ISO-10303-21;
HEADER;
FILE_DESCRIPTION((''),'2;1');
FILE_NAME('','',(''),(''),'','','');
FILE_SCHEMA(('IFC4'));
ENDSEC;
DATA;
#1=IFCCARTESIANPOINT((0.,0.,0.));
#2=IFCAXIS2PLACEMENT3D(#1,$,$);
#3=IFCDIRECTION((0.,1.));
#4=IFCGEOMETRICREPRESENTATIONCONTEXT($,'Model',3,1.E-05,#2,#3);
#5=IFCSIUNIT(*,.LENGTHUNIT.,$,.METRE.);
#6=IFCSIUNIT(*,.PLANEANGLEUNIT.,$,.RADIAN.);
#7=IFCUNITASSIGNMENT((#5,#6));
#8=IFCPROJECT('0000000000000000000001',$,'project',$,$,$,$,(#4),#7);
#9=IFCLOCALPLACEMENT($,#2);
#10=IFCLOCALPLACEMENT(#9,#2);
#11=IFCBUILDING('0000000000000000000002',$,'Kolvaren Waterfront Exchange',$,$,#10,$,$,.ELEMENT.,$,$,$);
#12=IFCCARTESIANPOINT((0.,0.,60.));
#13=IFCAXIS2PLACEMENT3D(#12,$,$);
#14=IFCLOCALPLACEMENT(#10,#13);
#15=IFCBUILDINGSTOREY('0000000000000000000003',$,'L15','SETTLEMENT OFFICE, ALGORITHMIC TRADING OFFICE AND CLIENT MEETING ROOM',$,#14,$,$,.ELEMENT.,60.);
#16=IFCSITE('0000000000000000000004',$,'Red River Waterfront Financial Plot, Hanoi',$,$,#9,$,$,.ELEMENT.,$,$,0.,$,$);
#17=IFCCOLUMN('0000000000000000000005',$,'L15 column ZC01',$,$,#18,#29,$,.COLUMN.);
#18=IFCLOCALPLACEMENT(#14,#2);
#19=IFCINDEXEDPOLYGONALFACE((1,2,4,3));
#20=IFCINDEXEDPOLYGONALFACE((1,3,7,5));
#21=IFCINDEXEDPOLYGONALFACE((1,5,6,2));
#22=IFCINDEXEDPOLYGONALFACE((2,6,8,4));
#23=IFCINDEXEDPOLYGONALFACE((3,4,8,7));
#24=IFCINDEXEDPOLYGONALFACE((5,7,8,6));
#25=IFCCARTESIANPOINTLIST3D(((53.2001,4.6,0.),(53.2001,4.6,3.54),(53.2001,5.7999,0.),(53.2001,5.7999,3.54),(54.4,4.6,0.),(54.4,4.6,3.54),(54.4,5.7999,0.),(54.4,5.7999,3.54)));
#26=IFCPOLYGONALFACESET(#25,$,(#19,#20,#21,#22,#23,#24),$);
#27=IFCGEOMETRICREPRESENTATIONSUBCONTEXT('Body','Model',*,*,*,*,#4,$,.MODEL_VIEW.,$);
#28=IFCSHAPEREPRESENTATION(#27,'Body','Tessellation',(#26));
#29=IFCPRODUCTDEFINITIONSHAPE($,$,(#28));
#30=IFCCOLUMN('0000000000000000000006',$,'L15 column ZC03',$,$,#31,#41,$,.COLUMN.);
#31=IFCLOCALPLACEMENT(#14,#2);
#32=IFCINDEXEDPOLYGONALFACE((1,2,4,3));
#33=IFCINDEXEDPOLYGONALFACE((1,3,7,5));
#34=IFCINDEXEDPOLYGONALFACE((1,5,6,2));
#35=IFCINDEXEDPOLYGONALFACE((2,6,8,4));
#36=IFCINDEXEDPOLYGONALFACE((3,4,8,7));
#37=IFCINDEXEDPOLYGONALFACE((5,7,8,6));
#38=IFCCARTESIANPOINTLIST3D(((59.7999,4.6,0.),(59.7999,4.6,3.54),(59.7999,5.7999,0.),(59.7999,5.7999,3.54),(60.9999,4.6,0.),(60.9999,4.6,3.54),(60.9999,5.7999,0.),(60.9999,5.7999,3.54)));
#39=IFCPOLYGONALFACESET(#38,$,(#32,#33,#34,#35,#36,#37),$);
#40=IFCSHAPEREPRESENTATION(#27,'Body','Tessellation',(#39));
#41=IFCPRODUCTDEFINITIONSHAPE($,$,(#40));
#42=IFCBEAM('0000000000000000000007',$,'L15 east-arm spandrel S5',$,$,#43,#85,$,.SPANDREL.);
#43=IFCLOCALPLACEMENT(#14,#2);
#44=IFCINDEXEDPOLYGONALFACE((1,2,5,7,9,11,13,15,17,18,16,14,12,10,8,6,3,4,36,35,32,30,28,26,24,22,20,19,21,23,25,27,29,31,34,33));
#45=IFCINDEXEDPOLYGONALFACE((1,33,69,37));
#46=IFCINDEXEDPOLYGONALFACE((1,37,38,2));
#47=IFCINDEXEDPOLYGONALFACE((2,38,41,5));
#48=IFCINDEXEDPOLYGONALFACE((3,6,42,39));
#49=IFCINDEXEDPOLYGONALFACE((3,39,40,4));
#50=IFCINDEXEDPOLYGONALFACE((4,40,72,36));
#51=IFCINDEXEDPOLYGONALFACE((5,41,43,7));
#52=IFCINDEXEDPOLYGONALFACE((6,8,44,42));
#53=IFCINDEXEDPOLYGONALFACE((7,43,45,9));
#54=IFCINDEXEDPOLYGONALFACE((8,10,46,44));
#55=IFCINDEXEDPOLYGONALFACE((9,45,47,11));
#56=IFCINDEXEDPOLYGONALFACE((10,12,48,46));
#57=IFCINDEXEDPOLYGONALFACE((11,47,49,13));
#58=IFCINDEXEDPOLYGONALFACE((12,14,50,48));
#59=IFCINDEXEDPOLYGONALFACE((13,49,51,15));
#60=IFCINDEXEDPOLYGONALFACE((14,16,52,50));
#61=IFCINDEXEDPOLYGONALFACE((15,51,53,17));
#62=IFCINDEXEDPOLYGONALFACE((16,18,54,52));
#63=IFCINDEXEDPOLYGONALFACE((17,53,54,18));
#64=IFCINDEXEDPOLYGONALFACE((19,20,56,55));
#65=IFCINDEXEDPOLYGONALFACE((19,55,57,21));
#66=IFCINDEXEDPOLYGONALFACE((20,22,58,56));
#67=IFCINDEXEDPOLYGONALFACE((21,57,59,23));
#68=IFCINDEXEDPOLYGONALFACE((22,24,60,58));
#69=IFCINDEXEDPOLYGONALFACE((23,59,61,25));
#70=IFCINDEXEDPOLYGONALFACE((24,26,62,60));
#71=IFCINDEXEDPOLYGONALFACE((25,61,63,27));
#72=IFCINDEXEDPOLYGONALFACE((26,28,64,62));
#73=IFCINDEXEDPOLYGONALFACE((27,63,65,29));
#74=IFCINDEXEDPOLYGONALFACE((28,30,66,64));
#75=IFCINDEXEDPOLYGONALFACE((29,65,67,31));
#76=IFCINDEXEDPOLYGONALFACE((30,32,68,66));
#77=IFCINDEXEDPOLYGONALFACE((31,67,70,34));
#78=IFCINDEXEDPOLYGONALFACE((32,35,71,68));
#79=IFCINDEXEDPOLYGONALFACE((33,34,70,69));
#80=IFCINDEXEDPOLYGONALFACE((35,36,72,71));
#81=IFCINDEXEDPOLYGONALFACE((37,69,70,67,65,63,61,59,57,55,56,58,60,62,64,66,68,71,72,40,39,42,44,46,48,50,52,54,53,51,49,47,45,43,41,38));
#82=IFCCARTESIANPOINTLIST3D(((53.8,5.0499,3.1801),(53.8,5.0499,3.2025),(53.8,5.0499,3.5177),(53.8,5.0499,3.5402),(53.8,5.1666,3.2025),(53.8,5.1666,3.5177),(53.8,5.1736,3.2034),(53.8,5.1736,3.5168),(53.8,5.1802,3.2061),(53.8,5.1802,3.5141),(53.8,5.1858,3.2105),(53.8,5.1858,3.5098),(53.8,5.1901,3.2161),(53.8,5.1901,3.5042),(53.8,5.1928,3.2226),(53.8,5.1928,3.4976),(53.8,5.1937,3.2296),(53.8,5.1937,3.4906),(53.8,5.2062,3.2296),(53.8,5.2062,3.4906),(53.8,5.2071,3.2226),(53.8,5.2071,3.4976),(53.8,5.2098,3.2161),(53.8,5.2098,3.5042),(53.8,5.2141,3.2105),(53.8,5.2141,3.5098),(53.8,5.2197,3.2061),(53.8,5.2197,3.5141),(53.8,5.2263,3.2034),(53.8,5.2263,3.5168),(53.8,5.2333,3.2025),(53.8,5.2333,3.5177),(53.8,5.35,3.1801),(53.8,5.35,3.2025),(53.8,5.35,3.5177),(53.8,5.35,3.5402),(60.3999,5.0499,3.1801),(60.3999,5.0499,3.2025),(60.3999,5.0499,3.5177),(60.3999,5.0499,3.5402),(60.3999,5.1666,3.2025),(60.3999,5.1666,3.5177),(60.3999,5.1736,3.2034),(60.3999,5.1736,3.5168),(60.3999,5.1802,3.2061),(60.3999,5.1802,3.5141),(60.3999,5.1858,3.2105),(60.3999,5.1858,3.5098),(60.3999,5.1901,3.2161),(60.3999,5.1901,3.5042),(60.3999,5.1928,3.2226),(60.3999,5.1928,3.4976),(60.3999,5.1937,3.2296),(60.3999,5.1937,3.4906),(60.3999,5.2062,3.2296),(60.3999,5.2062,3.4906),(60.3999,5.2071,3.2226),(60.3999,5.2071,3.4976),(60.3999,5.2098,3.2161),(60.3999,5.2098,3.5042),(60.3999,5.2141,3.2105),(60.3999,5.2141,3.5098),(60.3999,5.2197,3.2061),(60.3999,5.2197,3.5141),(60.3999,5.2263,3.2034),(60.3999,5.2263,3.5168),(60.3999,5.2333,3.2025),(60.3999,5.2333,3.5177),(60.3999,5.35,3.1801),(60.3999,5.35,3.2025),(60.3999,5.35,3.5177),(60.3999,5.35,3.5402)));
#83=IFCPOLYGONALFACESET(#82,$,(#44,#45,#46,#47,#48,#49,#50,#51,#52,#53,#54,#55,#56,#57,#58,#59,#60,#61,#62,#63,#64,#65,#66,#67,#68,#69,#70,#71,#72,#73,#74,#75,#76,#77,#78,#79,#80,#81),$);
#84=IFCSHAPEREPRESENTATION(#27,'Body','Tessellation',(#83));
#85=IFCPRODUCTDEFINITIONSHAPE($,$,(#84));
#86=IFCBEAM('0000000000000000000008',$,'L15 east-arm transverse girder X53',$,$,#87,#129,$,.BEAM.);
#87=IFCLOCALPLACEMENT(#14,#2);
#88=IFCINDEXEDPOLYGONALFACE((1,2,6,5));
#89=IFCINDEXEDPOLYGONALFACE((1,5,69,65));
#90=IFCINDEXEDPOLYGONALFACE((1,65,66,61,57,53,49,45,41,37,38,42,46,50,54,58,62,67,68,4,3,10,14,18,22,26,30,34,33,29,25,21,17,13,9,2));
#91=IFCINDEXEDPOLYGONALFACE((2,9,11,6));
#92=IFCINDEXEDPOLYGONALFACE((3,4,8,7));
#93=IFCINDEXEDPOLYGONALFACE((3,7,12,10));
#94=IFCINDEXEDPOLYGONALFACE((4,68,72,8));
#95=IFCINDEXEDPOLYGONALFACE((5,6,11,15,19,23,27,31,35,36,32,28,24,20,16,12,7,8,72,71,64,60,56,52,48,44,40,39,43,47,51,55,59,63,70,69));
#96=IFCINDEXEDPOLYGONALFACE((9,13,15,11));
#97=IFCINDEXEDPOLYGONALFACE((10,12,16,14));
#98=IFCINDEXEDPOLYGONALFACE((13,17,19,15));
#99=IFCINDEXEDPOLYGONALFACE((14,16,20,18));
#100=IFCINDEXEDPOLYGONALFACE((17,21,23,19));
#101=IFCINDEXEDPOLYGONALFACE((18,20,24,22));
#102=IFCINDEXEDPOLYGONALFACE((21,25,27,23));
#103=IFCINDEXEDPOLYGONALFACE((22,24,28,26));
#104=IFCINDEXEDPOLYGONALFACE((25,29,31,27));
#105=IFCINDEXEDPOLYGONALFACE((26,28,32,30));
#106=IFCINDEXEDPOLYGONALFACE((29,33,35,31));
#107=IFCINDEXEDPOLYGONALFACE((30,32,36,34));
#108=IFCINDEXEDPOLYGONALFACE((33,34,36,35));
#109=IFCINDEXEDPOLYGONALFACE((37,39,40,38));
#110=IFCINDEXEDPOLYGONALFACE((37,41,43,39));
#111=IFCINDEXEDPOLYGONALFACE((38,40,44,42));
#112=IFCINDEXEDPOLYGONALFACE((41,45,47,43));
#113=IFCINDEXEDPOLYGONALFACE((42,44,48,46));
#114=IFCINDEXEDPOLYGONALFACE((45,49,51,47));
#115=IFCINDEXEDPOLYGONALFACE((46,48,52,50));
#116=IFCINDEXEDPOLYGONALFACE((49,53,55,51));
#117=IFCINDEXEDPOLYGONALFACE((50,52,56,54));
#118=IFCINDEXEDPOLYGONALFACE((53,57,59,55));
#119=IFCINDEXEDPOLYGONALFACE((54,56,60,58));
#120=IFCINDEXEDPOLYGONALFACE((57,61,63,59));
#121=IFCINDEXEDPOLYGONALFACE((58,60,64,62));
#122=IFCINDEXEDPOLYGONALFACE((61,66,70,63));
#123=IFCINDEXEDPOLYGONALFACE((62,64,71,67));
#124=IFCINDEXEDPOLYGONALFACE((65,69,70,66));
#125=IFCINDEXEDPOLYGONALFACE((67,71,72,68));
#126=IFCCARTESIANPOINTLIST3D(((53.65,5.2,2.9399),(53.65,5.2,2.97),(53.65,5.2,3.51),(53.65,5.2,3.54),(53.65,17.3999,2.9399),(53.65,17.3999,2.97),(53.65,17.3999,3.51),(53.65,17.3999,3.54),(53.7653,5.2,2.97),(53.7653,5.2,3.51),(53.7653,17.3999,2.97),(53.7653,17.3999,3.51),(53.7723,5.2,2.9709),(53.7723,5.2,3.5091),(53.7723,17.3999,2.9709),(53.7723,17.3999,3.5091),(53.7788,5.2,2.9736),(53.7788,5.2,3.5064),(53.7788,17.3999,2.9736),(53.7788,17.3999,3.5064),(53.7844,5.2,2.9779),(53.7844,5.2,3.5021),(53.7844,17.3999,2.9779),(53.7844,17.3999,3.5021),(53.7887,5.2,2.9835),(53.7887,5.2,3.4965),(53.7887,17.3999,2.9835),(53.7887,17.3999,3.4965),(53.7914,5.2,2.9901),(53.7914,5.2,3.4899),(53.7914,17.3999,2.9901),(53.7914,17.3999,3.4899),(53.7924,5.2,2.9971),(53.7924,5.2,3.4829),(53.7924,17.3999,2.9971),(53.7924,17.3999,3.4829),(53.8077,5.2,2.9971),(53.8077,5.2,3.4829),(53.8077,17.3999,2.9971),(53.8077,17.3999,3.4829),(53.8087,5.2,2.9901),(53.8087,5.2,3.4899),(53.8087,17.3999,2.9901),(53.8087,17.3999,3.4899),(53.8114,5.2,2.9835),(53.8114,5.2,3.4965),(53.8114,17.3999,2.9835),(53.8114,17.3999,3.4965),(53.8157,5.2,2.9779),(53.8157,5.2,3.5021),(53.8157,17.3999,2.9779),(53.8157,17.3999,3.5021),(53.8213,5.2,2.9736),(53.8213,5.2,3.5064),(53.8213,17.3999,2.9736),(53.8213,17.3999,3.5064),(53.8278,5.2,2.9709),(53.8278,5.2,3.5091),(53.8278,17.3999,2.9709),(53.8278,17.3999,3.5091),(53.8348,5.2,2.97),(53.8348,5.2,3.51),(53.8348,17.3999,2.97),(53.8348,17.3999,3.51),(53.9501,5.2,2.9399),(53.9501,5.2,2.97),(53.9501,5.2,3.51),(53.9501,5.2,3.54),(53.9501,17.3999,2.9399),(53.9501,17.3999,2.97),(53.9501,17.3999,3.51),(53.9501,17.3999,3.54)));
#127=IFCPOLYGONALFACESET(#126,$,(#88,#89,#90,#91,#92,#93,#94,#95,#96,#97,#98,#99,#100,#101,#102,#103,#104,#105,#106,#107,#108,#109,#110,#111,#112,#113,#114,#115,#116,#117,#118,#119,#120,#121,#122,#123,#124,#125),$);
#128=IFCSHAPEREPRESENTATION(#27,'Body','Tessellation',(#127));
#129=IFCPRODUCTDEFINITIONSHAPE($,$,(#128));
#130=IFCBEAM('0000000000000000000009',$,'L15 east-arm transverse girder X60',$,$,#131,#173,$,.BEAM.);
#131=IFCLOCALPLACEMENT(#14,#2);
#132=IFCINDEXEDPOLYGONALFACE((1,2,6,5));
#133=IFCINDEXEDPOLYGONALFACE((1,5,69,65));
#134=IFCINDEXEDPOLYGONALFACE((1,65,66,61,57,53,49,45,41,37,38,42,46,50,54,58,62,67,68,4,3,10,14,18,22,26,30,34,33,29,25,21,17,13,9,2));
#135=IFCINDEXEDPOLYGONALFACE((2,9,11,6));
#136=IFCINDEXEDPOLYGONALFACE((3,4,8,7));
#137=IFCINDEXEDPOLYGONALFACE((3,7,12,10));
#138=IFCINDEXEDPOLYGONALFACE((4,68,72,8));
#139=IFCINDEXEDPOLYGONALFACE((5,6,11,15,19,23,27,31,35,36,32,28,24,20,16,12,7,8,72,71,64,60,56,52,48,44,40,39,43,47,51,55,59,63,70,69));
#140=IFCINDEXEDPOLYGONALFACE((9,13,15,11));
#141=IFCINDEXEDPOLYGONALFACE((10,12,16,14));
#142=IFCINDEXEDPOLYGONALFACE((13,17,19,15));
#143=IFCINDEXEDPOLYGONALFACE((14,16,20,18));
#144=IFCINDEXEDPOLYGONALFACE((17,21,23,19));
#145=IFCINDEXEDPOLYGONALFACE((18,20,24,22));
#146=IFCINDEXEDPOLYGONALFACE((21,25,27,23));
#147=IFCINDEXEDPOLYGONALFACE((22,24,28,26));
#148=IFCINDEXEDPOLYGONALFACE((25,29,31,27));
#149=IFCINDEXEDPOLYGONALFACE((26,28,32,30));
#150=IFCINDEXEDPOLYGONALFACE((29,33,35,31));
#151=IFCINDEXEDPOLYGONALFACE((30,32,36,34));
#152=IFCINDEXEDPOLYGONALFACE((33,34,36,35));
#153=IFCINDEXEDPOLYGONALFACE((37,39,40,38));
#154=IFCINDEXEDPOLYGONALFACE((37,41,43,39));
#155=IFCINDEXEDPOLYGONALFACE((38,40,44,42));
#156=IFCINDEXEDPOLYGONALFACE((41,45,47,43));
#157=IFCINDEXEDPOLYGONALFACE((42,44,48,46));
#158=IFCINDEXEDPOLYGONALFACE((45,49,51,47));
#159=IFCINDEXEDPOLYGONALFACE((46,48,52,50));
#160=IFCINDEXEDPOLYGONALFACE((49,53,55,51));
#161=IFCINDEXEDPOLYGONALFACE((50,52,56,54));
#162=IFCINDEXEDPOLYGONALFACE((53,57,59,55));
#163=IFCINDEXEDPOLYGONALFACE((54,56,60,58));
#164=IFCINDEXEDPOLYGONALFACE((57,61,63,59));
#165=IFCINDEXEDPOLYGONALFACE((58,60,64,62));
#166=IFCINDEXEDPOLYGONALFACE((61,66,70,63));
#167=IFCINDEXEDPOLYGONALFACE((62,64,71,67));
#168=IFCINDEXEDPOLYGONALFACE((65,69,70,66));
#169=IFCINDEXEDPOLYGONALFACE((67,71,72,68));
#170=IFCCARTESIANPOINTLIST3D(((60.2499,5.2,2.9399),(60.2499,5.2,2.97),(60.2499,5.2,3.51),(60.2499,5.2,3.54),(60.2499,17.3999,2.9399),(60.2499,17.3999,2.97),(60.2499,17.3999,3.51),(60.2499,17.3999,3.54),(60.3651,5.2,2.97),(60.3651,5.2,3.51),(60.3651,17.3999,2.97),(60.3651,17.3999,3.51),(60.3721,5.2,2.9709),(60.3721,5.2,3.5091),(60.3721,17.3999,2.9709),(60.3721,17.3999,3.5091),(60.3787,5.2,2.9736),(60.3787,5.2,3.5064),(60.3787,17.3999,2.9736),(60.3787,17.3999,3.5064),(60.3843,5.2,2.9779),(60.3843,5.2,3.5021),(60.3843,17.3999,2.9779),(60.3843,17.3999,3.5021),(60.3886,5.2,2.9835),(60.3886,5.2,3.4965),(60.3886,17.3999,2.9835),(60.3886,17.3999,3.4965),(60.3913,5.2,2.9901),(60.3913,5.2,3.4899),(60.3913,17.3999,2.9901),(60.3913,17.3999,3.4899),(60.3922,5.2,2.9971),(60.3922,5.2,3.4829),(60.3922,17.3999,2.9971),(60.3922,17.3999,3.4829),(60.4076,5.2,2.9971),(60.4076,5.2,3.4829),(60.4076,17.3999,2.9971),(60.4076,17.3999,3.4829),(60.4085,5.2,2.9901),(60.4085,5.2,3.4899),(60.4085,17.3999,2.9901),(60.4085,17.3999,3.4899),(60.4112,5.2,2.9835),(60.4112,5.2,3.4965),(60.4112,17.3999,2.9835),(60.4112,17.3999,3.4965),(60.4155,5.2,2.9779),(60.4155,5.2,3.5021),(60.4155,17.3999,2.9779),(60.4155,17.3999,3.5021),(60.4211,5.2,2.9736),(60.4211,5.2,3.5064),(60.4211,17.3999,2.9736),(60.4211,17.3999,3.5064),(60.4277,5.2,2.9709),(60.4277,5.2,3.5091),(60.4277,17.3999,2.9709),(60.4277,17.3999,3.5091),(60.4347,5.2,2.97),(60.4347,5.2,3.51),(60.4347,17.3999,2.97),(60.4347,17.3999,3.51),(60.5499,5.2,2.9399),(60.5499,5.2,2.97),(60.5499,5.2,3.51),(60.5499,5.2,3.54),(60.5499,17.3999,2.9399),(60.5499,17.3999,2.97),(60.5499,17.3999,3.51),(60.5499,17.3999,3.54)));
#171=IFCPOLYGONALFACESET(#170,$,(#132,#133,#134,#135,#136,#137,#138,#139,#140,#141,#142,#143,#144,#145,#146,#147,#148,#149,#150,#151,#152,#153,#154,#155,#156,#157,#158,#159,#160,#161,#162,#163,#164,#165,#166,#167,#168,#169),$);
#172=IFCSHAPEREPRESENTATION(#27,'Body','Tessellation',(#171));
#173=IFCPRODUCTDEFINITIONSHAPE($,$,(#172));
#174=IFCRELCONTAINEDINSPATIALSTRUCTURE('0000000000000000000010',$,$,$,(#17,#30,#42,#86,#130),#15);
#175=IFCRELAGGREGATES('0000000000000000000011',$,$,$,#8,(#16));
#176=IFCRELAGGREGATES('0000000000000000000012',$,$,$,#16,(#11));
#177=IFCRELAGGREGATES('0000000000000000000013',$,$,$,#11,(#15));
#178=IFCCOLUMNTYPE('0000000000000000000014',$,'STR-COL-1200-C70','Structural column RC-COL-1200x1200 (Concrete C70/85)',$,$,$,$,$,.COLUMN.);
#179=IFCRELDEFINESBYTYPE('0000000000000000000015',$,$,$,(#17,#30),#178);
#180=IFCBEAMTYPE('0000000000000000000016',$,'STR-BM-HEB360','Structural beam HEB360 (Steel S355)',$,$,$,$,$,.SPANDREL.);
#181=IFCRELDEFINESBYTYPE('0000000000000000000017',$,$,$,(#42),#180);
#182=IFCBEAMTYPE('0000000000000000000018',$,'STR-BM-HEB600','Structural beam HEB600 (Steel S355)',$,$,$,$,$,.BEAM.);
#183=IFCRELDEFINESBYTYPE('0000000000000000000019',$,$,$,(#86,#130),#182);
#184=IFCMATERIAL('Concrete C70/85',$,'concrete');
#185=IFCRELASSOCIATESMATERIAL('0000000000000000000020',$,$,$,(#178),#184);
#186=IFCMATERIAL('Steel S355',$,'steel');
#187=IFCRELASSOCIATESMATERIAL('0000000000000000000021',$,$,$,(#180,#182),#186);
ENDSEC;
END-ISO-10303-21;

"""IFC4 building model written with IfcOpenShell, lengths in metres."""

from ifc_helpers import new_model, si_unit, direction, frame, origin, origin_2d, place, context, subcontext, project, spatial, rectangle, i_section, extrude, material, material_profile, profile_set, type_object, element, save


model = new_model("IFC4")

# Units and contexts
model_context = context("Model", 3, precision=1e-05, world=origin(), true_north=direction((0.0, 1.0)))
body_context = subcontext(model_context, "Body", "Model", "MODEL_VIEW")
ifc_project = project(units=[si_unit("LENGTHUNIT", "METRE"), si_unit("PLANEANGLEUNIT", "RADIAN")], contexts=[model_context])

# Site, building, storey
site_placement = place(None, origin())
site = spatial("IfcSite", under=ifc_project, at=site_placement, Name="Red River Waterfront Financial Plot, Hanoi", CompositionType="ELEMENT", RefElevation=0.0)
building_placement = place(site_placement, origin())
building = spatial("IfcBuilding", under=site, at=building_placement, Name="Kolvaren Waterfront Exchange", CompositionType="ELEMENT")
storey_placement = place(building_placement, frame((0.0, 0.0, 60.0)))
storey = spatial("IfcBuildingStorey", under=building, at=storey_placement, Name="L15", Description="SETTLEMENT OFFICE, ALGORITHMIC TRADING OFFICE AND CLIENT MEETING ROOM", CompositionType="ELEMENT", Elevation=60.0)

# Columns
ifc_material_1 = material(Name="Concrete C70/85", Category="concrete")
ifc_material_profile_1 = material_profile(ifc_material_1, rectangle(XDim=1.2, YDim=1.2, at=origin_2d()), Name="RC-COL-1200x1200")
ifc_profile_set_1 = profile_set([ifc_material_profile_1], Name="Concrete C70/85")
column_type = type_object("IfcColumnType", Name="STR-COL-1200-C70", Description="Structural column RC-COL-1200x1200 (Concrete C70/85)", PredefinedType="COLUMN", material=ifc_profile_set_1)
for number, where, z_axis, x_axis, name in (
    (1, (53.8, 5.2, 0.0), (0.0, 0.0, 1.0), (1.0, 0.0, 0.0), "L15 column ZC01"),
    (2, (60.3999, 5.2, 0.0), (0.0, 0.0, 1.0), (1.0, 0.0, 0.0), "L15 column ZC03"),
):
    element("IfcColumn", number, at=place(storey_placement, frame(where, z_axis=z_axis, x_axis=x_axis)), inside=storey, type_object=column_type, Name=name, PredefinedType="COLUMN", context=body_context, shape_type="SweptSolid", body=[
        extrude(rectangle(XDim=1.2, YDim=1.2, at=origin_2d()), origin(), (0.0, 0.0, 1.0), 3.54),
    ])

# Beams
ifc_material_2 = material(Name="Steel S355", Category="steel")
ifc_material_profile_2 = material_profile(ifc_material_2, i_section(OverallWidth=0.3, OverallDepth=0.3601, WebThickness=0.0125, FlangeThickness=0.0225, FilletRadius=0.0271, at=origin_2d()), Name="HEB360")
ifc_profile_set_2 = profile_set([ifc_material_profile_2], Name="Steel S355")
beam_type_1 = type_object("IfcBeamType", Name="STR-BM-HEB360", Description="Structural beam HEB360 (Steel S355)", PredefinedType="SPANDREL", material=ifc_profile_set_2)
beam_1_placement = place(storey_placement, frame((53.8, 5.2, 3.3601), z_axis=(1.0, 0.0, 0.0), x_axis=(0.0, 1.0, 0.0)))
element("IfcBeam", 3, at=beam_1_placement, inside=storey, type_object=beam_type_1, Name="L15 east-arm spandrel S5", PredefinedType="SPANDREL", context=body_context, shape_type="SweptSolid", body=[
    extrude(i_section(OverallWidth=0.3, OverallDepth=0.3601, WebThickness=0.0125, FlangeThickness=0.0225, FilletRadius=0.0271, at=origin_2d()), origin(), (0.0, 0.0, 1.0), 6.5999),
])
ifc_material_profile_3 = material_profile(ifc_material_2, i_section(OverallWidth=0.3, OverallDepth=0.6001, WebThickness=0.0154, FlangeThickness=0.03, FilletRadius=0.0271, at=origin_2d()), Name="HEB600")
ifc_profile_set_3 = profile_set([ifc_material_profile_3], Name="Steel S355")
beam_type_2 = type_object("IfcBeamType", Name="STR-BM-HEB600", Description="Structural beam HEB600 (Steel S355)", PredefinedType="BEAM", material=ifc_profile_set_3)
for number, where, z_axis, x_axis, name in (
    (4, (53.8, 5.2, 3.24), (0.0, 1.0, 0.0), (-1.0, 0.0, 0.0), "L15 east-arm transverse girder X53"),
    (5, (60.3999, 5.2, 3.24), (0.0, 1.0, 0.0), (-1.0, 0.0, 0.0), "L15 east-arm transverse girder X60"),
):
    element("IfcBeam", number, at=place(storey_placement, frame(where, z_axis=z_axis, x_axis=x_axis)), inside=storey, type_object=beam_type_2, Name=name, PredefinedType="BEAM", context=body_context, shape_type="SweptSolid", body=[
        extrude(i_section(OverallWidth=0.3, OverallDepth=0.6001, WebThickness=0.0154, FlangeThickness=0.03, FilletRadius=0.0271, at=origin_2d()), origin(), (0.0, 0.0, 1.0), 12.2),
    ])

save(model, "model.ifc")
